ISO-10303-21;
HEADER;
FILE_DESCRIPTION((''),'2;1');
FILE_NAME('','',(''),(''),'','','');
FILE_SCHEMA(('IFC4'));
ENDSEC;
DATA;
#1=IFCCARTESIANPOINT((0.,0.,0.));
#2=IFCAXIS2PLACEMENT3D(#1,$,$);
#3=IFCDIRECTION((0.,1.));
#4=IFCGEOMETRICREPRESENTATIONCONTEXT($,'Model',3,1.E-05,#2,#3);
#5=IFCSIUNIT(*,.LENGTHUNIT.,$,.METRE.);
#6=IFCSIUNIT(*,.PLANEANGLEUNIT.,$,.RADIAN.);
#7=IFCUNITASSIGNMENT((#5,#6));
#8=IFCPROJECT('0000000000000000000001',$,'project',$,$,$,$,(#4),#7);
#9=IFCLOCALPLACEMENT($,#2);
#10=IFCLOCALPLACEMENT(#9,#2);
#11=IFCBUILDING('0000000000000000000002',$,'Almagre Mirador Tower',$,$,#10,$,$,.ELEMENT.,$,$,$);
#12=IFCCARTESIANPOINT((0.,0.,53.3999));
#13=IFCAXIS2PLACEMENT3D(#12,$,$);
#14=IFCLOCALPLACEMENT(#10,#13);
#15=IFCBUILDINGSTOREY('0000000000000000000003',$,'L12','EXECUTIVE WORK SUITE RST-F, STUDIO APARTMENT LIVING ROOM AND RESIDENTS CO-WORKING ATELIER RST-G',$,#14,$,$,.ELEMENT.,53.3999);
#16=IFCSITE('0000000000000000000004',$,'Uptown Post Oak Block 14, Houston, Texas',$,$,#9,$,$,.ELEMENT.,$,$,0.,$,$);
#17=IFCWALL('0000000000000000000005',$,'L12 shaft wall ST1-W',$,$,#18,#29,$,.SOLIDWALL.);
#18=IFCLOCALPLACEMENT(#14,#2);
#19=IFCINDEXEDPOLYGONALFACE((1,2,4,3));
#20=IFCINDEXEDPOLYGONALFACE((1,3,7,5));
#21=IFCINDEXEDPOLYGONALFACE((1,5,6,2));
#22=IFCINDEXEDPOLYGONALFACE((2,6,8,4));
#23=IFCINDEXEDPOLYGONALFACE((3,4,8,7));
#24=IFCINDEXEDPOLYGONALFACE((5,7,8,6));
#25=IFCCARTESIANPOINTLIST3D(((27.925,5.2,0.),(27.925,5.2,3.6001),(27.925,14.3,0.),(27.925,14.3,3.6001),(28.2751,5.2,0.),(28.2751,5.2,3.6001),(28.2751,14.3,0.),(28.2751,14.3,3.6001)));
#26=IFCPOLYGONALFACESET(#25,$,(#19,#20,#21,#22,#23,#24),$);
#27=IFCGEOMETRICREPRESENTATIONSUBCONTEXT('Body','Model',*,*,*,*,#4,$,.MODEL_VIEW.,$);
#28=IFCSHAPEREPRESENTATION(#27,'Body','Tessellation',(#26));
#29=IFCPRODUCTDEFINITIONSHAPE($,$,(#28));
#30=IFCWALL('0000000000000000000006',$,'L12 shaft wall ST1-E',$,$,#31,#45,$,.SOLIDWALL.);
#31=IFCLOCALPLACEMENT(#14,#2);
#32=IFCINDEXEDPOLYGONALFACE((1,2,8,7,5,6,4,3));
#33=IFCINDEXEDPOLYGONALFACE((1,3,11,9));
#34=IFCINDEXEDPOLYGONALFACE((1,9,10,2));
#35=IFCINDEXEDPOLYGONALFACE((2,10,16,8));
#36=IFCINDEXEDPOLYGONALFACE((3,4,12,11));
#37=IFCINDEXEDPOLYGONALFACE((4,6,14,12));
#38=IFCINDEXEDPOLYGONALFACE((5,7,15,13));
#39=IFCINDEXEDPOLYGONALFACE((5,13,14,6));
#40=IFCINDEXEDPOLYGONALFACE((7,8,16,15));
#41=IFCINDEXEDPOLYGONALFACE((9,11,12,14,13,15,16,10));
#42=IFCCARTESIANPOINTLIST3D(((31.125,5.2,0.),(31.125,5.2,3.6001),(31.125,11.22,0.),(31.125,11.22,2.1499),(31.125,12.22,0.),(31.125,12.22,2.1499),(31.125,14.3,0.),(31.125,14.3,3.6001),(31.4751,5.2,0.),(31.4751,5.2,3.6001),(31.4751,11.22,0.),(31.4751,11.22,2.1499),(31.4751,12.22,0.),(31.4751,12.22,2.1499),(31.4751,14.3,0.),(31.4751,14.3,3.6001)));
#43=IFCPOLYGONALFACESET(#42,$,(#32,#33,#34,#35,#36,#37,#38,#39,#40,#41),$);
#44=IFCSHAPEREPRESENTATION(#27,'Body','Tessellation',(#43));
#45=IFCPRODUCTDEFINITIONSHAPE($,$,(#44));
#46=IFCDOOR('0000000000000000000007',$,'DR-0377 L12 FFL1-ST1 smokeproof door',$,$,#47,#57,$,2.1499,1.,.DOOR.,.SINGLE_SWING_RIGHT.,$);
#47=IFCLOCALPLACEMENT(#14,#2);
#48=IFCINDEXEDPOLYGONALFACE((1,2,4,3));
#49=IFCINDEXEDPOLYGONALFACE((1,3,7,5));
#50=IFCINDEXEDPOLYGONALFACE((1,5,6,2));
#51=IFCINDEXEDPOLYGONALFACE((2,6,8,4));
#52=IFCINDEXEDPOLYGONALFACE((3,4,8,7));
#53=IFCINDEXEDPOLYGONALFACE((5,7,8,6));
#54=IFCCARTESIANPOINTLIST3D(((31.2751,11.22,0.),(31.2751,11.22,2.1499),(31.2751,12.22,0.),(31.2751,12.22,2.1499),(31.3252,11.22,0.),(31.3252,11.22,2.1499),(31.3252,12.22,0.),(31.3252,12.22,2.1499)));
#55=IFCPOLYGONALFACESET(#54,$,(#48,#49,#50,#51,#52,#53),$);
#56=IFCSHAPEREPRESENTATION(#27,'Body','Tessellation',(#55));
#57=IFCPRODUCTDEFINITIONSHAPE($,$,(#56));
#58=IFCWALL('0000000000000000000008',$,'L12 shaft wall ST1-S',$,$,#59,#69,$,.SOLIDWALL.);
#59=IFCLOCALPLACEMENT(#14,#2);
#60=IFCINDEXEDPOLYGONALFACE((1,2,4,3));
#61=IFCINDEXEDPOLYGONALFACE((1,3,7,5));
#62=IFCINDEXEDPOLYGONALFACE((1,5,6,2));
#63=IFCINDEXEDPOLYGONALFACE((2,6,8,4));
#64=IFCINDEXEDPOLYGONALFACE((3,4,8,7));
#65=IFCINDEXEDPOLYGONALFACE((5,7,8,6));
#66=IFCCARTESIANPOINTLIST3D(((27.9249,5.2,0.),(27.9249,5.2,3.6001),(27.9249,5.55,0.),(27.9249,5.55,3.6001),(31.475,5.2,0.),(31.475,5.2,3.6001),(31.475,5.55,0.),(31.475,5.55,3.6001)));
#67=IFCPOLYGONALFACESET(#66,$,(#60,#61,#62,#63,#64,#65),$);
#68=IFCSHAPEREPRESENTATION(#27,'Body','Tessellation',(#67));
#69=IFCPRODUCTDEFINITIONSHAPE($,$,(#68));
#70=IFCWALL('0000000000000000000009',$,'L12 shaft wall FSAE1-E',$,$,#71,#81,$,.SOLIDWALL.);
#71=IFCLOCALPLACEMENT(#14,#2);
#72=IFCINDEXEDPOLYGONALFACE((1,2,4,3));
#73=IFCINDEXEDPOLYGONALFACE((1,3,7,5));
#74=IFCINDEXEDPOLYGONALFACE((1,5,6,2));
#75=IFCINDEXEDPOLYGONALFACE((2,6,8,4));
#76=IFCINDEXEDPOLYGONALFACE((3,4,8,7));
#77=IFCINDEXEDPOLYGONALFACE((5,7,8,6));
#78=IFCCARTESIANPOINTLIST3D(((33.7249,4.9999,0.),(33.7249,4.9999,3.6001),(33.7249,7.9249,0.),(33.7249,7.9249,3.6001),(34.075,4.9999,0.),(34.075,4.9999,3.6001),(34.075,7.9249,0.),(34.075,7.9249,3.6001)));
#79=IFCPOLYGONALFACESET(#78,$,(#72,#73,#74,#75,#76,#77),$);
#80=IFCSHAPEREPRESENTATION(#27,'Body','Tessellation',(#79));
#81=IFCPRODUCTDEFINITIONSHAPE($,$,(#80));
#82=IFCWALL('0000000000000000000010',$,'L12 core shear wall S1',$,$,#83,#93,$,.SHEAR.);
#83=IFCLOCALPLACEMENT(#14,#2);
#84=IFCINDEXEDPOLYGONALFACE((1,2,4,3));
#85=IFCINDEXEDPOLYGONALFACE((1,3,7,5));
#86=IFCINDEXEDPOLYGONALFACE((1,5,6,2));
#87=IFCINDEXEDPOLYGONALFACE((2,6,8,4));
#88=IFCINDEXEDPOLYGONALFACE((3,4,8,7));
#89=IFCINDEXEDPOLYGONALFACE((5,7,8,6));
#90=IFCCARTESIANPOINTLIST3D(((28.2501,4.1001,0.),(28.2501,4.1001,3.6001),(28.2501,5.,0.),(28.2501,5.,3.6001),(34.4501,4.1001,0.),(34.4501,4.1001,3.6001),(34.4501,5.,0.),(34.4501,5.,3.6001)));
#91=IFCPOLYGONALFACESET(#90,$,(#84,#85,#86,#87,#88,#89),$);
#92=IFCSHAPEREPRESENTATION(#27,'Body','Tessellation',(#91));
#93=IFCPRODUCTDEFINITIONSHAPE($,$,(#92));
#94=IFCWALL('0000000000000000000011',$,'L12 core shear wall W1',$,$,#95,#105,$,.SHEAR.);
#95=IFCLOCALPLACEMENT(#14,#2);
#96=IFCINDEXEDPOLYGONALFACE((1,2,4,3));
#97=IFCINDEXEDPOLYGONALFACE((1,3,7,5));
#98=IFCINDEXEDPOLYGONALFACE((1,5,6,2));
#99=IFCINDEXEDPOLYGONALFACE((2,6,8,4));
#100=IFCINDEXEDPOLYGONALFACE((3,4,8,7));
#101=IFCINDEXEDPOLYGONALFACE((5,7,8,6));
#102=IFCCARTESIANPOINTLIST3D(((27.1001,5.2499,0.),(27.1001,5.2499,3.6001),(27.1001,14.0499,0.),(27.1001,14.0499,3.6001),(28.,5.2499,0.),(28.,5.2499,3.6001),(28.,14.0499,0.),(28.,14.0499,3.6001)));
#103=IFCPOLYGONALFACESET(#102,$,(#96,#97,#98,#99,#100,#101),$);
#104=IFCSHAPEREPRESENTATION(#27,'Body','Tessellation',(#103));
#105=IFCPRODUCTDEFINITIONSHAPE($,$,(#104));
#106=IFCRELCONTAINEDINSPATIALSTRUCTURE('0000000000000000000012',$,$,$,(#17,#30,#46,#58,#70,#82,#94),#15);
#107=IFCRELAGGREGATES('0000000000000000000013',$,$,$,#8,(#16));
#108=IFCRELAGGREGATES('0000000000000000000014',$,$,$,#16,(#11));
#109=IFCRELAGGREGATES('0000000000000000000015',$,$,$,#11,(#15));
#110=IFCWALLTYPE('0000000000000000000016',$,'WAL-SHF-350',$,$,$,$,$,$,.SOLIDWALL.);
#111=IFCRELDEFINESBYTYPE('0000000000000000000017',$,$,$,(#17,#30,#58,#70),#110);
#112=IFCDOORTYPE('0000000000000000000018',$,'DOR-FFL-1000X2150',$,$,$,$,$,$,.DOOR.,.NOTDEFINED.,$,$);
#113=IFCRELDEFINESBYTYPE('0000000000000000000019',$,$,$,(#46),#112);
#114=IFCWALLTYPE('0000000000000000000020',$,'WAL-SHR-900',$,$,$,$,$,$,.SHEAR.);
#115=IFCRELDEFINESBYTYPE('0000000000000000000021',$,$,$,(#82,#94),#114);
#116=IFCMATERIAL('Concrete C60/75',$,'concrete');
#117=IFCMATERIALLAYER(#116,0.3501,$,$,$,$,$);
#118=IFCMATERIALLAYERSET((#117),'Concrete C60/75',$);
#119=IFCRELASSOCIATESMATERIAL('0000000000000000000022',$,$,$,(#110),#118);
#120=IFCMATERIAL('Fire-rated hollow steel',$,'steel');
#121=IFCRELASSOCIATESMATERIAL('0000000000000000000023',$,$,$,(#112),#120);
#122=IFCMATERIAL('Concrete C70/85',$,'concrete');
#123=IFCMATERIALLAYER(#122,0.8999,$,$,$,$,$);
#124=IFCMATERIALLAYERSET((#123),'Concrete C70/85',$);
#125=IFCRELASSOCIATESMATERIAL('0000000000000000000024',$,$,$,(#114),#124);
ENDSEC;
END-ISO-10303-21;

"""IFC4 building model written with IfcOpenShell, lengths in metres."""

from ifc_helpers import new_model, si_unit, direction, frame, frame_2d, origin, place, context, subcontext, project, spatial, rectangle, extrude, material, layer, layer_set, type_object, element, fill, save


model = new_model("IFC4")

# Units and contexts
model_context = context("Model", 3, precision=1e-05, world=origin(), true_north=direction((0.0, 1.0)))
body_context = subcontext(model_context, "Body", "Model", "MODEL_VIEW")
ifc_project = project(units=[si_unit("LENGTHUNIT", "METRE"), si_unit("PLANEANGLEUNIT", "RADIAN")], contexts=[model_context])

# Site, building, storey
site_placement = place(None, origin())
site = spatial("IfcSite", under=ifc_project, at=site_placement, Name="Uptown Post Oak Block 14, Houston, Texas", CompositionType="ELEMENT", RefElevation=0.0)
building_placement = place(site_placement, origin())
building = spatial("IfcBuilding", under=site, at=building_placement, Name="Almagre Mirador Tower", CompositionType="ELEMENT")
storey_placement = place(building_placement, frame((0.0, 0.0, 53.3999)))
storey = spatial("IfcBuildingStorey", under=building, at=storey_placement, Name="L12", Description="EXECUTIVE WORK SUITE RST-F, STUDIO APARTMENT LIVING ROOM AND RESIDENTS CO-WORKING ATELIER RST-G", CompositionType="ELEMENT", Elevation=53.3999)

# Wall
ifc_material_1 = material(Name="Concrete C60/75", Category="concrete")
ifc_layer_1 = layer(ifc_material_1, 0.3501)
ifc_layer_set_1 = layer_set([ifc_layer_1], Name="Concrete C60/75")
wall_type_1 = type_object("IfcWallType", Name="WAL-SHF-350", PredefinedType="SOLIDWALL", material=ifc_layer_set_1)
wall_1_placement = place(storey_placement, frame((28.1001, 5.2, 0.0), z_axis=(0.0, 0.0, 1.0), x_axis=(0.0, 1.0, 0.0)))
element("IfcWall", 1, at=wall_1_placement, inside=storey, type_object=wall_type_1, Name="L12 shaft wall ST1-W", PredefinedType="SOLIDWALL", context=body_context, shape_type="SweptSolid", body=[
    extrude(rectangle(XDim=9.1001, YDim=0.3501, at=frame_2d((4.55, 0.0))), origin(), (0.0, 0.0, 1.0), 3.6001),
])

# Wall, opening, door
wall_2_placement = place(storey_placement, frame((31.3, 5.2, 0.0), z_axis=(0.0, 0.0, 1.0), x_axis=(0.0, 1.0, 0.0)))
wall_2 = element("IfcWall", 2, at=wall_2_placement, inside=storey, type_object=wall_type_1, Name="L12 shaft wall ST1-E", PredefinedType="SOLIDWALL", context=body_context, shape_type="SweptSolid", body=[
    extrude(rectangle(XDim=9.1001, YDim=0.3501, at=frame_2d((4.55, 0.0))), origin(), (0.0, 0.0, 1.0), 3.6001),
])
opening_1_placement = place(wall_2_placement, frame((6.02, 0.0, 0.0)))
opening_1 = element("IfcOpeningElement", 3, at=opening_1_placement, cuts=wall_2, PredefinedType="OPENING", context=body_context, shape_type="SweptSolid", body=[
    extrude(rectangle(XDim=1.0, YDim=2.1499, at=frame_2d((0.5, 1.075))), frame((0.0, 0.185, 0.0), z_axis=(0.0, -1.0, 0.0), x_axis=(1.0, 0.0, 0.0)), (0.0, 0.0, 1.0), 0.3701),
])
ifc_material_2 = material(Name="Fire-rated hollow steel", Category="steel")
door_type_1 = type_object("IfcDoorType", Name="DOR-FFL-1000X2150", OperationType="NOTDEFINED", PredefinedType="DOOR", material=ifc_material_2)
door_1_placement = place(opening_1_placement, origin())
door_1 = element("IfcDoor", 4, at=door_1_placement, inside=storey, type_object=door_type_1, Name="DR-0377 L12 FFL1-ST1 smokeproof door", OperationType="SINGLE_SWING_RIGHT", OverallHeight=2.1499, OverallWidth=1.0, PredefinedType="DOOR", context=body_context, shape_type="SweptSolid", body=[
    extrude(rectangle(XDim=1.0, YDim=2.1499, at=frame_2d((0.5, 1.075))), frame((0.0, 0.0249, 0.0), z_axis=(0.0, -1.0, 0.0), x_axis=(1.0, 0.0, 0.0)), (0.0, 0.0, 1.0), 0.05),
])
fill(opening_1, door_1)

# Walls
wall_3_placement = place(storey_placement, frame((27.925, 5.375, 0.0), z_axis=(0.0, 0.0, 1.0), x_axis=(1.0, 0.0, 0.0)))
element("IfcWall", 5, at=wall_3_placement, inside=storey, type_object=wall_type_1, Name="L12 shaft wall ST1-S", PredefinedType="SOLIDWALL", context=body_context, shape_type="SweptSolid", body=[
    extrude(rectangle(XDim=3.55, YDim=0.3501, at=frame_2d((1.7749, 0.0))), origin(), (0.0, 0.0, 1.0), 3.6001),
])
wall_4_placement = place(storey_placement, frame((33.8999, 5.0, 0.0), z_axis=(0.0, 0.0, 1.0), x_axis=(0.0, 1.0, 0.0)))
element("IfcWall", 6, at=wall_4_placement, inside=storey, type_object=wall_type_1, Name="L12 shaft wall FSAE1-E", PredefinedType="SOLIDWALL", context=body_context, shape_type="SweptSolid", body=[
    extrude(rectangle(XDim=2.925, YDim=0.3501, at=frame_2d((1.4624, 0.0))), origin(), (0.0, 0.0, 1.0), 3.6001),
])
ifc_material_3 = material(Name="Concrete C70/85", Category="concrete")
ifc_layer_2 = layer(ifc_material_3, 0.8999)
ifc_layer_set_2 = layer_set([ifc_layer_2], Name="Concrete C70/85")
wall_type_2 = type_object("IfcWallType", Name="WAL-SHR-900", PredefinedType="SHEAR", material=ifc_layer_set_2)
wall_5_placement = place(storey_placement, frame((28.25, 4.55, 0.0), z_axis=(0.0, 0.0, 1.0), x_axis=(1.0, 0.0, 0.0)))
element("IfcWall", 7, at=wall_5_placement, inside=storey, type_object=wall_type_2, Name="L12 core shear wall S1", PredefinedType="SHEAR", context=body_context, shape_type="SweptSolid", body=[
    extrude(rectangle(XDim=6.2, YDim=0.8999, at=frame_2d((3.1001, 0.0))), origin(), (0.0, 0.0, 1.0), 3.6001),
])
wall_6_placement = place(storey_placement, frame((27.55, 5.25, 0.0), z_axis=(0.0, 0.0, 1.0), x_axis=(0.0, 1.0, 0.0)))
element("IfcWall", 8, at=wall_6_placement, inside=storey, type_object=wall_type_2, Name="L12 core shear wall W1", PredefinedType="SHEAR", context=body_context, shape_type="SweptSolid", body=[
    extrude(rectangle(XDim=8.8, YDim=0.8999, at=frame_2d((4.3999, 0.0))), origin(), (0.0, 0.0, 1.0), 3.6001),
])

save(model, "model.ifc")
